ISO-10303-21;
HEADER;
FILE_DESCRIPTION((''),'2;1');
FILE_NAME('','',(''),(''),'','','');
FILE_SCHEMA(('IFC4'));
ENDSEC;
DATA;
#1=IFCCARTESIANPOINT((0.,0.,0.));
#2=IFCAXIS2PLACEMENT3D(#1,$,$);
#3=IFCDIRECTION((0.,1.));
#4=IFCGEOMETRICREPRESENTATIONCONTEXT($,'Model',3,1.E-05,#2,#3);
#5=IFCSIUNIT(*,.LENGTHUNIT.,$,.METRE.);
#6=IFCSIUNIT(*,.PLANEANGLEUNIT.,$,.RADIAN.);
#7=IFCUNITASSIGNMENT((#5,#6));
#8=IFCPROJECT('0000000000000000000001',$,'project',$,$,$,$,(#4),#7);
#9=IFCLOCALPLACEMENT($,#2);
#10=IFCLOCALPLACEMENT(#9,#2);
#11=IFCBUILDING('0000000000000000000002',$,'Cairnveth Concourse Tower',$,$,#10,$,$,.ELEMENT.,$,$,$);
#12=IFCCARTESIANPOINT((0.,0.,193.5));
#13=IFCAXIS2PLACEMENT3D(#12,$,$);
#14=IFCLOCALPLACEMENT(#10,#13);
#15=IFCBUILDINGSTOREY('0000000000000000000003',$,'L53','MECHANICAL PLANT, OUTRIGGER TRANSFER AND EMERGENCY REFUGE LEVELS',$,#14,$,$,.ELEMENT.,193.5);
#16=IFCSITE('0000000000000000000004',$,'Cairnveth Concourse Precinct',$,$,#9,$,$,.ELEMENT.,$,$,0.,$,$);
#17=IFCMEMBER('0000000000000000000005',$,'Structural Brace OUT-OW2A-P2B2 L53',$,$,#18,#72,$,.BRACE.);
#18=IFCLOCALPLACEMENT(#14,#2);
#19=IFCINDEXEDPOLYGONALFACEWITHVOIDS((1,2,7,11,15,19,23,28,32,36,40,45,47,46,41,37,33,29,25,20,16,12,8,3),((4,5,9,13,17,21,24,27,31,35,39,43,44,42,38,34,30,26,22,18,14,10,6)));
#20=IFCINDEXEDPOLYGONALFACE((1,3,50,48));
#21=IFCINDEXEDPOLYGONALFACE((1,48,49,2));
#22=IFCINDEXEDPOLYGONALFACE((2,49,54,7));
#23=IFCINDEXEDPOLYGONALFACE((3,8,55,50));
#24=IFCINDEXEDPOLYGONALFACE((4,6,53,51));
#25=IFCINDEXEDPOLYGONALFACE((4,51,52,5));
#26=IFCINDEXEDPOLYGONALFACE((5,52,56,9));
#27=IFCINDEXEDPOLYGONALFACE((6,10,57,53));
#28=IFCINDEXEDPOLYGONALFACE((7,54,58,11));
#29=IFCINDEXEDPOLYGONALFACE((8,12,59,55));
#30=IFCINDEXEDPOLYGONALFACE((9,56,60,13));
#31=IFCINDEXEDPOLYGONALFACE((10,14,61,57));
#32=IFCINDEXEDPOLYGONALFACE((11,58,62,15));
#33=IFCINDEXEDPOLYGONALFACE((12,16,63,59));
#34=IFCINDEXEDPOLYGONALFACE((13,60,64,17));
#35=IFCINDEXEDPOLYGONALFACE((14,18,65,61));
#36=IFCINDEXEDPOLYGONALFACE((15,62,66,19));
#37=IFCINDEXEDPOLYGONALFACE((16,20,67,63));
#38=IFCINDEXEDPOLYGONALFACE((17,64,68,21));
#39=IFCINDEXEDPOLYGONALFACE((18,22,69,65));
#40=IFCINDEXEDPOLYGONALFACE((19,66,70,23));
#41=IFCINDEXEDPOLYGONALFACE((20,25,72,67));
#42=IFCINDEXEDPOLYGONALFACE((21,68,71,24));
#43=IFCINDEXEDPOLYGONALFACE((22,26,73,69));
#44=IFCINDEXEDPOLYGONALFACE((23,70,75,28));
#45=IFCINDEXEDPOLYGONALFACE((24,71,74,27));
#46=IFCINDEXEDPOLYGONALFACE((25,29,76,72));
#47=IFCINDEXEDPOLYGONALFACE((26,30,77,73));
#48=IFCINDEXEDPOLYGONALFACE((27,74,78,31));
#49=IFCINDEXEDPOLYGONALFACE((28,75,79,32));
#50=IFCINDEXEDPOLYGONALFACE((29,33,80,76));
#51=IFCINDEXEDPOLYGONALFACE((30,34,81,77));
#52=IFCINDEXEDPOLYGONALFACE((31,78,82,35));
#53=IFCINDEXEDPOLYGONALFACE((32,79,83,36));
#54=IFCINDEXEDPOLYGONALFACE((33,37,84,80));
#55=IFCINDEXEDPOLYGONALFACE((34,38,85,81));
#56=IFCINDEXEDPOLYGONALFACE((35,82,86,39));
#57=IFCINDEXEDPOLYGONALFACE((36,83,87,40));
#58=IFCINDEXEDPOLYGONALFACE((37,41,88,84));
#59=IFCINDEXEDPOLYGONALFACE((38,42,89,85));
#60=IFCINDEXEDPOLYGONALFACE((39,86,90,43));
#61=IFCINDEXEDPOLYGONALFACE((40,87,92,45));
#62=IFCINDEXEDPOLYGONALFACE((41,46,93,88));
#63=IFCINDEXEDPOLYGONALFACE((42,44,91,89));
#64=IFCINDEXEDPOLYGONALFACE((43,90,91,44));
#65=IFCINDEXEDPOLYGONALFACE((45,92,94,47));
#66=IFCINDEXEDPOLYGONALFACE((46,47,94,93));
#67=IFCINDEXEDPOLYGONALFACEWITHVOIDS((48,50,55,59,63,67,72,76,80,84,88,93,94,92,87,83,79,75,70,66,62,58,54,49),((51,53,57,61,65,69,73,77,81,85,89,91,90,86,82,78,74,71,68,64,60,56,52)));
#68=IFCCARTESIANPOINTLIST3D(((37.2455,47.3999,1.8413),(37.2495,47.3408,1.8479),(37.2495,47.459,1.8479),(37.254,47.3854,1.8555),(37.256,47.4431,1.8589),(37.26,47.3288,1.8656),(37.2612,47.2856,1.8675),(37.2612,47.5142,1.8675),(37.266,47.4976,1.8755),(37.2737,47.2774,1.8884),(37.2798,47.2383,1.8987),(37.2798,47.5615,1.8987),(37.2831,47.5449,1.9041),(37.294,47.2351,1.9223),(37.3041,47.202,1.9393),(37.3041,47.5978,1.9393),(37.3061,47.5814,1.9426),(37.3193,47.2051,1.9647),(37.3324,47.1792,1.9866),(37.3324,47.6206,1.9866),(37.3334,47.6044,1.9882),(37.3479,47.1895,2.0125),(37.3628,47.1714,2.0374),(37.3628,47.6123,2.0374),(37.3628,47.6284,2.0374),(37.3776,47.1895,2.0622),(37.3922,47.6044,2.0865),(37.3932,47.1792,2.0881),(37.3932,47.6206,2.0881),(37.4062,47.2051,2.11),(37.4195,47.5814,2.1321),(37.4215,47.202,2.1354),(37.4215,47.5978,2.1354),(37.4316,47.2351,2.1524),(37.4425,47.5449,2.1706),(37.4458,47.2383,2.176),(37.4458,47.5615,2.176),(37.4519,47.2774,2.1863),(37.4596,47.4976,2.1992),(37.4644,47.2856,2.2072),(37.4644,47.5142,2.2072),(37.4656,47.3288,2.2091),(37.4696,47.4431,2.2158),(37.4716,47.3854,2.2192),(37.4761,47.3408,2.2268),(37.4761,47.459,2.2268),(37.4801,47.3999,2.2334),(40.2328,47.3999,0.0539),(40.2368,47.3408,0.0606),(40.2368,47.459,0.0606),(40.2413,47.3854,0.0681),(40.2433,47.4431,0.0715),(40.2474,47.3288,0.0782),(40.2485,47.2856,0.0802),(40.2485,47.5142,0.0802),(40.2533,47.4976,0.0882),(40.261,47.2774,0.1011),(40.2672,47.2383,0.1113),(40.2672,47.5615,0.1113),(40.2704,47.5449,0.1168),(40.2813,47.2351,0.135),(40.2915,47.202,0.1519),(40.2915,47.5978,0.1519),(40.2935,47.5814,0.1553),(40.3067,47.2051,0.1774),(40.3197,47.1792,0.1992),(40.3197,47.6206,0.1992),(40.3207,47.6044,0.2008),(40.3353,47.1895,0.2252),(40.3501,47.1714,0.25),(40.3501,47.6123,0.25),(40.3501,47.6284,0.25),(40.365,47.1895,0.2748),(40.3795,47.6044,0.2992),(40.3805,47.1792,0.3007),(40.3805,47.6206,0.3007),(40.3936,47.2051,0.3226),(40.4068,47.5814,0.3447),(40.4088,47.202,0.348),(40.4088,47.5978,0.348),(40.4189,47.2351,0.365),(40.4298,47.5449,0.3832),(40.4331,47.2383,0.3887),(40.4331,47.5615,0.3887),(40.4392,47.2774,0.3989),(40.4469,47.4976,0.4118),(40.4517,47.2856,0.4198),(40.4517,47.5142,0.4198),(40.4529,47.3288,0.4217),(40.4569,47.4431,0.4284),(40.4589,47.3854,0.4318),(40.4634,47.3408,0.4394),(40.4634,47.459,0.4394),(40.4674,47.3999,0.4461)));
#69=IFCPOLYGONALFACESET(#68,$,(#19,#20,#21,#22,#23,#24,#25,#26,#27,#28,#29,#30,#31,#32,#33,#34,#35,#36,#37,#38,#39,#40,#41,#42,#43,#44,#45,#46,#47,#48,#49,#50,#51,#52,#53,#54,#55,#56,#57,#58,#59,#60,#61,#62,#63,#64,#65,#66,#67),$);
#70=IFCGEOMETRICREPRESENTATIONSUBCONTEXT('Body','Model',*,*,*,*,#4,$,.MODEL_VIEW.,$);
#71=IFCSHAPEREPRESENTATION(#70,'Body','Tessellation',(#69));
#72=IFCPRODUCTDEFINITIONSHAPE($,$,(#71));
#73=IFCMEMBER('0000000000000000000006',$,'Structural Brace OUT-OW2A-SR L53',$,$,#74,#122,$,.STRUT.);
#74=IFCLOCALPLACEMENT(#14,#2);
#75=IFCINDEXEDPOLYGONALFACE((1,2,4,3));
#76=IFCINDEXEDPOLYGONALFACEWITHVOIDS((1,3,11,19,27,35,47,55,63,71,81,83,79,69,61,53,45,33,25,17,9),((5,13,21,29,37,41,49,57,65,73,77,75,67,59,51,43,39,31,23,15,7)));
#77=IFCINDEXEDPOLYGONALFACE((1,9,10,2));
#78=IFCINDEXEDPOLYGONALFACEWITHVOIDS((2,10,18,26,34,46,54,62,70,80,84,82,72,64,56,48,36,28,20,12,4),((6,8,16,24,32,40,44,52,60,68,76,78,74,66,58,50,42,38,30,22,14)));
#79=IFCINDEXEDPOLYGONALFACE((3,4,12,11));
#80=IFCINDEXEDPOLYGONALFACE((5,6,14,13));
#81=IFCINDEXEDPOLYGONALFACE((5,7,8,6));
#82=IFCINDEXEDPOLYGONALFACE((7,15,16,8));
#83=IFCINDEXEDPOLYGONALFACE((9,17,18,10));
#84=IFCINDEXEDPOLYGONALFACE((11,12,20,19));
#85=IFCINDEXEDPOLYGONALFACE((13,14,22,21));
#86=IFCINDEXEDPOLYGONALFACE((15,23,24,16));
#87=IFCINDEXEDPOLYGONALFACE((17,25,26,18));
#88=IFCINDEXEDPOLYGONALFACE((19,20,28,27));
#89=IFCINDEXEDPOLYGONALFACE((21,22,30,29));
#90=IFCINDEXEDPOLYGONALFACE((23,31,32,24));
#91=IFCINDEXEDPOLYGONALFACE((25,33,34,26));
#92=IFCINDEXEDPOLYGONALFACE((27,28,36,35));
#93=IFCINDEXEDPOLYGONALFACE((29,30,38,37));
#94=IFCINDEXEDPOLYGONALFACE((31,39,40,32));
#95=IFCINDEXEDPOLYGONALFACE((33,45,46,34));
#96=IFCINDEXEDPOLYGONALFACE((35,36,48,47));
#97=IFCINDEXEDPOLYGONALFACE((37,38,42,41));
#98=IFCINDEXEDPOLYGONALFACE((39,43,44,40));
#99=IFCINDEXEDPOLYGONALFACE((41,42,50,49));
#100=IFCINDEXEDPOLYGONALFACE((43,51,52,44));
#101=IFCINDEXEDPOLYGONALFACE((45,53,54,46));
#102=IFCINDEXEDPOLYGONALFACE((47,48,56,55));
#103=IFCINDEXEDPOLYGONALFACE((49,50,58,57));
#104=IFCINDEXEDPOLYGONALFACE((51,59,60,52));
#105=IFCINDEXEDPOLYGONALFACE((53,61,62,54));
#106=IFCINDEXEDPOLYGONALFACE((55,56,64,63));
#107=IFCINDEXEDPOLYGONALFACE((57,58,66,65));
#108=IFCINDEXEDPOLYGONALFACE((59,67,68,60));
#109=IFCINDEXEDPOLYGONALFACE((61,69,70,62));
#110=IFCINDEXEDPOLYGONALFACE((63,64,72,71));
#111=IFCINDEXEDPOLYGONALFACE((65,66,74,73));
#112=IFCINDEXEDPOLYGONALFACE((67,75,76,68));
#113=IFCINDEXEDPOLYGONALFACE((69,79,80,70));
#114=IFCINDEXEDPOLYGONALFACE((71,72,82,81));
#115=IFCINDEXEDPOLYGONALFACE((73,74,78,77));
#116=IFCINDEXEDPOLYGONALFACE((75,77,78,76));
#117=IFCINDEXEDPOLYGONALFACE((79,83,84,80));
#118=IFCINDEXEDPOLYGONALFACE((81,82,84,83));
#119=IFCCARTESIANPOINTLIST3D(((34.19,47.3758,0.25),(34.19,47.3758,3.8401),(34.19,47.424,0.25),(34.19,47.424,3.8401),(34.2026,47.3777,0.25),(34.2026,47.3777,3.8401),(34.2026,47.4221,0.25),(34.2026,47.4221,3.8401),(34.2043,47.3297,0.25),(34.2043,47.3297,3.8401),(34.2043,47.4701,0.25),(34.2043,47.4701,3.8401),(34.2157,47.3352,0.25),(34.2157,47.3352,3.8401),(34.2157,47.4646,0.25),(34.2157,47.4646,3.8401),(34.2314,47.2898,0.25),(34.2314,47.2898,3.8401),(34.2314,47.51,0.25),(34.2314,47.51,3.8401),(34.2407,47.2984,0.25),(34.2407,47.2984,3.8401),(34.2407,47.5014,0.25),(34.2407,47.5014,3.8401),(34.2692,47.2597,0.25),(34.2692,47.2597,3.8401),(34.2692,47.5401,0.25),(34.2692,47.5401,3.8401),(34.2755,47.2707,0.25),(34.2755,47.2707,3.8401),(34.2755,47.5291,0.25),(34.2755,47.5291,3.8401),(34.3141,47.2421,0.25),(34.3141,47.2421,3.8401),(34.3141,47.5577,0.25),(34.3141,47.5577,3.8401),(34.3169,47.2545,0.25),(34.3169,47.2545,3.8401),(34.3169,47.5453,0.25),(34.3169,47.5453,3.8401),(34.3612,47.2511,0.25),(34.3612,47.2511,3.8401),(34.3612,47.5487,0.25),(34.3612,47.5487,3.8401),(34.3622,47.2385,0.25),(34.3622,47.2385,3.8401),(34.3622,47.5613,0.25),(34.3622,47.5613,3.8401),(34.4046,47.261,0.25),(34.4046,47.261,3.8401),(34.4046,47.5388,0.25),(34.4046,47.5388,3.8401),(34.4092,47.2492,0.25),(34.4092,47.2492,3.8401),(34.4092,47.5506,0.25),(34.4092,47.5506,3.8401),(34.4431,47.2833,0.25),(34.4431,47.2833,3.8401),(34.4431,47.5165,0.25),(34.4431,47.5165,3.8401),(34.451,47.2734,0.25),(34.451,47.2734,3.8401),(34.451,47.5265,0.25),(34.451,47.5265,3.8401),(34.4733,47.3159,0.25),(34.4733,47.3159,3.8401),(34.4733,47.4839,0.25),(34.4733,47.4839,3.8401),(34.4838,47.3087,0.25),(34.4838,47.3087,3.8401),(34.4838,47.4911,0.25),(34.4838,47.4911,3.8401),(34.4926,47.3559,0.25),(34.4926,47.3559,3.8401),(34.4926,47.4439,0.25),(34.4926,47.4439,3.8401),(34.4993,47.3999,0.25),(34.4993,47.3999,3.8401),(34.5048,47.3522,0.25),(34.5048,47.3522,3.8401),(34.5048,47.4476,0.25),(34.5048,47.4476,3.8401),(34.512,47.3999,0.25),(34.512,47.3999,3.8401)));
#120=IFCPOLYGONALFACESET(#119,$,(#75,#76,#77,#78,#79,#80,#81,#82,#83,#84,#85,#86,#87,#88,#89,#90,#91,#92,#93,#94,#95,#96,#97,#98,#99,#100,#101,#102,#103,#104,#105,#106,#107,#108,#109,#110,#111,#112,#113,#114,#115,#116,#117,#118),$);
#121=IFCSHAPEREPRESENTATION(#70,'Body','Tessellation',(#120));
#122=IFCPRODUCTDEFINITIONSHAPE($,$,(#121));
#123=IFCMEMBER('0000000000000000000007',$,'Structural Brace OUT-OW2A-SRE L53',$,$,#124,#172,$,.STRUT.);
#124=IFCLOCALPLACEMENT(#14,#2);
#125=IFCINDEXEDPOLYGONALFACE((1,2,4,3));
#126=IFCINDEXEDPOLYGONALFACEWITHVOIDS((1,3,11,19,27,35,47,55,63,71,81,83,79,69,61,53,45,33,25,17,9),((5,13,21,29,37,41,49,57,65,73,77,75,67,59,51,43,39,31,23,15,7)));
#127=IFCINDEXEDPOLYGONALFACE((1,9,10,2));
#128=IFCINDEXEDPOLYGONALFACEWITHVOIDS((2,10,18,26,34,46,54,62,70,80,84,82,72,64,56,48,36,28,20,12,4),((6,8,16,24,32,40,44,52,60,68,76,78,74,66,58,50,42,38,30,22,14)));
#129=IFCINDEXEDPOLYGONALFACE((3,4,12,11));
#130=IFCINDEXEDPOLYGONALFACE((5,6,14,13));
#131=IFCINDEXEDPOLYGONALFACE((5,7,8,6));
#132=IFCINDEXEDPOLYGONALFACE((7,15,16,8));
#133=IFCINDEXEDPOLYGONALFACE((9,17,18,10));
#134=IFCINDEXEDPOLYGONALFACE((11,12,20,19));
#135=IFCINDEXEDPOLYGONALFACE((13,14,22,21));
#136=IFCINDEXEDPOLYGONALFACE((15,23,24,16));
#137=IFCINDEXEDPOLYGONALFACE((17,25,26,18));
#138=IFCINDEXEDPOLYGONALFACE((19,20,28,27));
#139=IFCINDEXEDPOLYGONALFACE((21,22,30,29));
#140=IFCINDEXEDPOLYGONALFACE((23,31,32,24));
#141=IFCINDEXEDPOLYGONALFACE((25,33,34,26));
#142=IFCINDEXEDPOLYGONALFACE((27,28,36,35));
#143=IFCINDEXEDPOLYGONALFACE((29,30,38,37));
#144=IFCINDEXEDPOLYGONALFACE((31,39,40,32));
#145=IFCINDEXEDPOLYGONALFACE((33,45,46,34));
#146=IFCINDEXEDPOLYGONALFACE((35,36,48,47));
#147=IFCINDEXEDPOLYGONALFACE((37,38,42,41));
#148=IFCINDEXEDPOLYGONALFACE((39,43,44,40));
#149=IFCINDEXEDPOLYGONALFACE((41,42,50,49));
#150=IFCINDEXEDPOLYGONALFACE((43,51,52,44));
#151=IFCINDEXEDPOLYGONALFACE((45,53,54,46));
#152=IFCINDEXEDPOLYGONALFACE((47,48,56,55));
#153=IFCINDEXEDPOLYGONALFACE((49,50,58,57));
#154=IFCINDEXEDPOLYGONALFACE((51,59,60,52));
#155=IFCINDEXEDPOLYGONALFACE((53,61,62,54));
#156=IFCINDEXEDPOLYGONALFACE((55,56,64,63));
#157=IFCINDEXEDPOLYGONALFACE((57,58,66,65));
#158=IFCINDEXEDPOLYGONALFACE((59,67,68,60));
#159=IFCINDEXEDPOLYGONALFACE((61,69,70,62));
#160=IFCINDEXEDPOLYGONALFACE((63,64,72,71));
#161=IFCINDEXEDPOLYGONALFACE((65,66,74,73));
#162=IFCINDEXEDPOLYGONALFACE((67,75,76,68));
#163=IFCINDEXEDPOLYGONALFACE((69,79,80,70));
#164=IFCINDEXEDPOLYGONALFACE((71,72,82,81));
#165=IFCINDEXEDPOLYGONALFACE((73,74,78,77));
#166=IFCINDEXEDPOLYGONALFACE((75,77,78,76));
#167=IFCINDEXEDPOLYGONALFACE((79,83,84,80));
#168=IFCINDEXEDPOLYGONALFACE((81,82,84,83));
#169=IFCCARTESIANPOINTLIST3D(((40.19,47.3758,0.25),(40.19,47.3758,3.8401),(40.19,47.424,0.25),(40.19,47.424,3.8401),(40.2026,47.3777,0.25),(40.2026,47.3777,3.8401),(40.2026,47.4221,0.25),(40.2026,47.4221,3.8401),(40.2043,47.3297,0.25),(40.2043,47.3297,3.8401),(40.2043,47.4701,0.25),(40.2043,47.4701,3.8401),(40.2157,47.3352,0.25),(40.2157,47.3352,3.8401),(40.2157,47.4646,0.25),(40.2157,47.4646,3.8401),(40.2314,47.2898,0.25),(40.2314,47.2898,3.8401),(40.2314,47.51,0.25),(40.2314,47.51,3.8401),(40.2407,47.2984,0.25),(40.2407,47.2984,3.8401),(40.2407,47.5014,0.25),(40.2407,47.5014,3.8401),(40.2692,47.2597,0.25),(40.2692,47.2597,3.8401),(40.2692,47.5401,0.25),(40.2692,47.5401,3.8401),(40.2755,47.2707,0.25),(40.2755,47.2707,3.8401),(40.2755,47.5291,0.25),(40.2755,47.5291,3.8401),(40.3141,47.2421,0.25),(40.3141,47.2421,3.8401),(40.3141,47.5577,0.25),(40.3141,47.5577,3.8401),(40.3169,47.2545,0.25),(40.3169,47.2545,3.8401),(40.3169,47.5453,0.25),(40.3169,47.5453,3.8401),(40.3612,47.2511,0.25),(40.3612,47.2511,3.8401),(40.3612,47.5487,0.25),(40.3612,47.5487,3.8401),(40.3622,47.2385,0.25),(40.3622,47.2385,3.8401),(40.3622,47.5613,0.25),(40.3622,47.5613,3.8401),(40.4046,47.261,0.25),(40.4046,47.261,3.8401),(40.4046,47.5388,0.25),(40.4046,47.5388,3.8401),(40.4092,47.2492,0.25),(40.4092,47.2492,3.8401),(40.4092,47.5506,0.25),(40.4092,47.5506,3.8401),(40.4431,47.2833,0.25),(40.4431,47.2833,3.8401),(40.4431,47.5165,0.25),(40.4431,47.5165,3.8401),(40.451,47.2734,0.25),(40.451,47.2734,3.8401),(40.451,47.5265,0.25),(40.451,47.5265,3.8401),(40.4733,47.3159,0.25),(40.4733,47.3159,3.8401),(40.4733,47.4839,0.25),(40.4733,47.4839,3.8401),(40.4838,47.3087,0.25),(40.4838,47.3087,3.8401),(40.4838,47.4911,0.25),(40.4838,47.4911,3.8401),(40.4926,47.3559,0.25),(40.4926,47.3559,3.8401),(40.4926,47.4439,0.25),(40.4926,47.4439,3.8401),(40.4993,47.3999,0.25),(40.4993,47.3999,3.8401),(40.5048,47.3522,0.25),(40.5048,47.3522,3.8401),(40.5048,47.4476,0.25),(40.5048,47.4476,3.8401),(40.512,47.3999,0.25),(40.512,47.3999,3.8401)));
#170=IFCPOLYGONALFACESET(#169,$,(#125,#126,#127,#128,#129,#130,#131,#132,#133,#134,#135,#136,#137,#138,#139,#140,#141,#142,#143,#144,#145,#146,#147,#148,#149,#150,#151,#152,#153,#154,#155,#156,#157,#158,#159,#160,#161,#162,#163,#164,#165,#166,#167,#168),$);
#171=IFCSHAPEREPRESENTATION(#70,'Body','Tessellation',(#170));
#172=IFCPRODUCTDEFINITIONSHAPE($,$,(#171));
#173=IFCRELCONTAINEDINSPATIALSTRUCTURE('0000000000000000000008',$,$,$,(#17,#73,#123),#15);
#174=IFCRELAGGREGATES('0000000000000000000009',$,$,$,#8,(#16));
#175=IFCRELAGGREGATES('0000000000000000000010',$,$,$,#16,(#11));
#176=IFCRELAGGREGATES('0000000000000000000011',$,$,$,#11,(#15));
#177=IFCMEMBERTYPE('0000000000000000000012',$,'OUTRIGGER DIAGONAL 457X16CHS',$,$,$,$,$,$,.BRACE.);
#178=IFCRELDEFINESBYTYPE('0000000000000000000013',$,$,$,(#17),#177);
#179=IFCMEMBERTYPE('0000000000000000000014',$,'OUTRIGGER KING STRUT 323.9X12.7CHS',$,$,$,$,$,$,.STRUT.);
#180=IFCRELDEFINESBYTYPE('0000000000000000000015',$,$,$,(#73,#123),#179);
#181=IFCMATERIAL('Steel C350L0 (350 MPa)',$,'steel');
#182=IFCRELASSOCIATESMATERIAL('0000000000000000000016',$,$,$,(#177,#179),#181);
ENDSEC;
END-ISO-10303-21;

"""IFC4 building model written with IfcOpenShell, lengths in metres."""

from ifc_helpers import new_model, si_unit, direction, frame, origin, origin_2d, place, context, subcontext, project, spatial, hollow_circle, extrude, material, material_profile, profile_set, type_object, element, save


model = new_model("IFC4")

# Units and contexts
model_context = context("Model", 3, precision=1e-05, world=origin(), true_north=direction((0.0, 1.0)))
body_context = subcontext(model_context, "Body", "Model", "MODEL_VIEW")
ifc_project = project(units=[si_unit("LENGTHUNIT", "METRE"), si_unit("PLANEANGLEUNIT", "RADIAN")], contexts=[model_context])

# Site, building, storey
site_placement = place(None, origin())
site = spatial("IfcSite", under=ifc_project, at=site_placement, Name="Cairnveth Concourse Precinct", CompositionType="ELEMENT", RefElevation=0.0)
building_placement = place(site_placement, origin())
building = spatial("IfcBuilding", under=site, at=building_placement, Name="Cairnveth Concourse Tower", CompositionType="ELEMENT")
storey_placement = place(building_placement, frame((0.0, 0.0, 193.5)))
storey = spatial("IfcBuildingStorey", under=building, at=storey_placement, Name="L53", Description="MECHANICAL PLANT, OUTRIGGER TRANSFER AND EMERGENCY REFUGE LEVELS", CompositionType="ELEMENT", Elevation=193.5)

# Members
ifc_material_1 = material(Name="Steel C350L0 (350 MPa)", Category="steel")
ifc_material_profile_1 = material_profile(ifc_material_1, hollow_circle(Radius=0.2285, WallThickness=0.0161, at=origin_2d()), Name="457.0x16.0CHS")
ifc_profile_set_1 = profile_set([ifc_material_profile_1], Name="Steel C350L0 (350 MPa)")
member_type_1 = type_object("IfcMemberType", Name="OUTRIGGER DIAGONAL 457X16CHS", PredefinedType="BRACE", material=ifc_profile_set_1)
member_1_placement = place(storey_placement, frame((37.3628, 47.3999, 2.0374), z_axis=(0.85813, 0.0, -0.513433), x_axis=(0.0, 1.0, 0.0)))
element("IfcMember", 1, at=member_1_placement, inside=storey, type_object=member_type_1, Name="Structural Brace OUT-OW2A-P2B2 L53", PredefinedType="BRACE", context=body_context, shape_type="SweptSolid", body=[
    extrude(hollow_circle(Radius=0.2285, WallThickness=0.0161, at=origin_2d()), origin(), (0.0, 0.0, 1.0), 3.4812),
])
ifc_material_profile_2 = material_profile(ifc_material_1, hollow_circle(Radius=0.1619, WallThickness=0.0127, at=origin_2d()), Name="323.9x12.7CHS")
ifc_profile_set_2 = profile_set([ifc_material_profile_2], Name="Steel C350L0 (350 MPa)")
member_type_2 = type_object("IfcMemberType", Name="OUTRIGGER KING STRUT 323.9X12.7CHS", PredefinedType="STRUT", material=ifc_profile_set_2)
for number, where, z_axis, x_axis, name in (
    (2, (34.3501, 47.3999, 0.25), (0.0, 0.0, 1.0), (1.0, 0.0, 0.0), "Structural Brace OUT-OW2A-SR L53"),
    (3, (40.3501, 47.3999, 0.25), (0.0, 0.0, 1.0), (1.0, 0.0, 0.0), "Structural Brace OUT-OW2A-SRE L53"),
):
    element("IfcMember", number, at=place(storey_placement, frame(where, z_axis=z_axis, x_axis=x_axis)), inside=storey, type_object=member_type_2, Name=name, PredefinedType="STRUT", context=body_context, shape_type="SweptSolid", body=[
        extrude(hollow_circle(Radius=0.1619, WallThickness=0.0127, at=origin_2d()), origin(), (0.0, 0.0, 1.0), 3.5901),
    ])

save(model, "model.ifc")
